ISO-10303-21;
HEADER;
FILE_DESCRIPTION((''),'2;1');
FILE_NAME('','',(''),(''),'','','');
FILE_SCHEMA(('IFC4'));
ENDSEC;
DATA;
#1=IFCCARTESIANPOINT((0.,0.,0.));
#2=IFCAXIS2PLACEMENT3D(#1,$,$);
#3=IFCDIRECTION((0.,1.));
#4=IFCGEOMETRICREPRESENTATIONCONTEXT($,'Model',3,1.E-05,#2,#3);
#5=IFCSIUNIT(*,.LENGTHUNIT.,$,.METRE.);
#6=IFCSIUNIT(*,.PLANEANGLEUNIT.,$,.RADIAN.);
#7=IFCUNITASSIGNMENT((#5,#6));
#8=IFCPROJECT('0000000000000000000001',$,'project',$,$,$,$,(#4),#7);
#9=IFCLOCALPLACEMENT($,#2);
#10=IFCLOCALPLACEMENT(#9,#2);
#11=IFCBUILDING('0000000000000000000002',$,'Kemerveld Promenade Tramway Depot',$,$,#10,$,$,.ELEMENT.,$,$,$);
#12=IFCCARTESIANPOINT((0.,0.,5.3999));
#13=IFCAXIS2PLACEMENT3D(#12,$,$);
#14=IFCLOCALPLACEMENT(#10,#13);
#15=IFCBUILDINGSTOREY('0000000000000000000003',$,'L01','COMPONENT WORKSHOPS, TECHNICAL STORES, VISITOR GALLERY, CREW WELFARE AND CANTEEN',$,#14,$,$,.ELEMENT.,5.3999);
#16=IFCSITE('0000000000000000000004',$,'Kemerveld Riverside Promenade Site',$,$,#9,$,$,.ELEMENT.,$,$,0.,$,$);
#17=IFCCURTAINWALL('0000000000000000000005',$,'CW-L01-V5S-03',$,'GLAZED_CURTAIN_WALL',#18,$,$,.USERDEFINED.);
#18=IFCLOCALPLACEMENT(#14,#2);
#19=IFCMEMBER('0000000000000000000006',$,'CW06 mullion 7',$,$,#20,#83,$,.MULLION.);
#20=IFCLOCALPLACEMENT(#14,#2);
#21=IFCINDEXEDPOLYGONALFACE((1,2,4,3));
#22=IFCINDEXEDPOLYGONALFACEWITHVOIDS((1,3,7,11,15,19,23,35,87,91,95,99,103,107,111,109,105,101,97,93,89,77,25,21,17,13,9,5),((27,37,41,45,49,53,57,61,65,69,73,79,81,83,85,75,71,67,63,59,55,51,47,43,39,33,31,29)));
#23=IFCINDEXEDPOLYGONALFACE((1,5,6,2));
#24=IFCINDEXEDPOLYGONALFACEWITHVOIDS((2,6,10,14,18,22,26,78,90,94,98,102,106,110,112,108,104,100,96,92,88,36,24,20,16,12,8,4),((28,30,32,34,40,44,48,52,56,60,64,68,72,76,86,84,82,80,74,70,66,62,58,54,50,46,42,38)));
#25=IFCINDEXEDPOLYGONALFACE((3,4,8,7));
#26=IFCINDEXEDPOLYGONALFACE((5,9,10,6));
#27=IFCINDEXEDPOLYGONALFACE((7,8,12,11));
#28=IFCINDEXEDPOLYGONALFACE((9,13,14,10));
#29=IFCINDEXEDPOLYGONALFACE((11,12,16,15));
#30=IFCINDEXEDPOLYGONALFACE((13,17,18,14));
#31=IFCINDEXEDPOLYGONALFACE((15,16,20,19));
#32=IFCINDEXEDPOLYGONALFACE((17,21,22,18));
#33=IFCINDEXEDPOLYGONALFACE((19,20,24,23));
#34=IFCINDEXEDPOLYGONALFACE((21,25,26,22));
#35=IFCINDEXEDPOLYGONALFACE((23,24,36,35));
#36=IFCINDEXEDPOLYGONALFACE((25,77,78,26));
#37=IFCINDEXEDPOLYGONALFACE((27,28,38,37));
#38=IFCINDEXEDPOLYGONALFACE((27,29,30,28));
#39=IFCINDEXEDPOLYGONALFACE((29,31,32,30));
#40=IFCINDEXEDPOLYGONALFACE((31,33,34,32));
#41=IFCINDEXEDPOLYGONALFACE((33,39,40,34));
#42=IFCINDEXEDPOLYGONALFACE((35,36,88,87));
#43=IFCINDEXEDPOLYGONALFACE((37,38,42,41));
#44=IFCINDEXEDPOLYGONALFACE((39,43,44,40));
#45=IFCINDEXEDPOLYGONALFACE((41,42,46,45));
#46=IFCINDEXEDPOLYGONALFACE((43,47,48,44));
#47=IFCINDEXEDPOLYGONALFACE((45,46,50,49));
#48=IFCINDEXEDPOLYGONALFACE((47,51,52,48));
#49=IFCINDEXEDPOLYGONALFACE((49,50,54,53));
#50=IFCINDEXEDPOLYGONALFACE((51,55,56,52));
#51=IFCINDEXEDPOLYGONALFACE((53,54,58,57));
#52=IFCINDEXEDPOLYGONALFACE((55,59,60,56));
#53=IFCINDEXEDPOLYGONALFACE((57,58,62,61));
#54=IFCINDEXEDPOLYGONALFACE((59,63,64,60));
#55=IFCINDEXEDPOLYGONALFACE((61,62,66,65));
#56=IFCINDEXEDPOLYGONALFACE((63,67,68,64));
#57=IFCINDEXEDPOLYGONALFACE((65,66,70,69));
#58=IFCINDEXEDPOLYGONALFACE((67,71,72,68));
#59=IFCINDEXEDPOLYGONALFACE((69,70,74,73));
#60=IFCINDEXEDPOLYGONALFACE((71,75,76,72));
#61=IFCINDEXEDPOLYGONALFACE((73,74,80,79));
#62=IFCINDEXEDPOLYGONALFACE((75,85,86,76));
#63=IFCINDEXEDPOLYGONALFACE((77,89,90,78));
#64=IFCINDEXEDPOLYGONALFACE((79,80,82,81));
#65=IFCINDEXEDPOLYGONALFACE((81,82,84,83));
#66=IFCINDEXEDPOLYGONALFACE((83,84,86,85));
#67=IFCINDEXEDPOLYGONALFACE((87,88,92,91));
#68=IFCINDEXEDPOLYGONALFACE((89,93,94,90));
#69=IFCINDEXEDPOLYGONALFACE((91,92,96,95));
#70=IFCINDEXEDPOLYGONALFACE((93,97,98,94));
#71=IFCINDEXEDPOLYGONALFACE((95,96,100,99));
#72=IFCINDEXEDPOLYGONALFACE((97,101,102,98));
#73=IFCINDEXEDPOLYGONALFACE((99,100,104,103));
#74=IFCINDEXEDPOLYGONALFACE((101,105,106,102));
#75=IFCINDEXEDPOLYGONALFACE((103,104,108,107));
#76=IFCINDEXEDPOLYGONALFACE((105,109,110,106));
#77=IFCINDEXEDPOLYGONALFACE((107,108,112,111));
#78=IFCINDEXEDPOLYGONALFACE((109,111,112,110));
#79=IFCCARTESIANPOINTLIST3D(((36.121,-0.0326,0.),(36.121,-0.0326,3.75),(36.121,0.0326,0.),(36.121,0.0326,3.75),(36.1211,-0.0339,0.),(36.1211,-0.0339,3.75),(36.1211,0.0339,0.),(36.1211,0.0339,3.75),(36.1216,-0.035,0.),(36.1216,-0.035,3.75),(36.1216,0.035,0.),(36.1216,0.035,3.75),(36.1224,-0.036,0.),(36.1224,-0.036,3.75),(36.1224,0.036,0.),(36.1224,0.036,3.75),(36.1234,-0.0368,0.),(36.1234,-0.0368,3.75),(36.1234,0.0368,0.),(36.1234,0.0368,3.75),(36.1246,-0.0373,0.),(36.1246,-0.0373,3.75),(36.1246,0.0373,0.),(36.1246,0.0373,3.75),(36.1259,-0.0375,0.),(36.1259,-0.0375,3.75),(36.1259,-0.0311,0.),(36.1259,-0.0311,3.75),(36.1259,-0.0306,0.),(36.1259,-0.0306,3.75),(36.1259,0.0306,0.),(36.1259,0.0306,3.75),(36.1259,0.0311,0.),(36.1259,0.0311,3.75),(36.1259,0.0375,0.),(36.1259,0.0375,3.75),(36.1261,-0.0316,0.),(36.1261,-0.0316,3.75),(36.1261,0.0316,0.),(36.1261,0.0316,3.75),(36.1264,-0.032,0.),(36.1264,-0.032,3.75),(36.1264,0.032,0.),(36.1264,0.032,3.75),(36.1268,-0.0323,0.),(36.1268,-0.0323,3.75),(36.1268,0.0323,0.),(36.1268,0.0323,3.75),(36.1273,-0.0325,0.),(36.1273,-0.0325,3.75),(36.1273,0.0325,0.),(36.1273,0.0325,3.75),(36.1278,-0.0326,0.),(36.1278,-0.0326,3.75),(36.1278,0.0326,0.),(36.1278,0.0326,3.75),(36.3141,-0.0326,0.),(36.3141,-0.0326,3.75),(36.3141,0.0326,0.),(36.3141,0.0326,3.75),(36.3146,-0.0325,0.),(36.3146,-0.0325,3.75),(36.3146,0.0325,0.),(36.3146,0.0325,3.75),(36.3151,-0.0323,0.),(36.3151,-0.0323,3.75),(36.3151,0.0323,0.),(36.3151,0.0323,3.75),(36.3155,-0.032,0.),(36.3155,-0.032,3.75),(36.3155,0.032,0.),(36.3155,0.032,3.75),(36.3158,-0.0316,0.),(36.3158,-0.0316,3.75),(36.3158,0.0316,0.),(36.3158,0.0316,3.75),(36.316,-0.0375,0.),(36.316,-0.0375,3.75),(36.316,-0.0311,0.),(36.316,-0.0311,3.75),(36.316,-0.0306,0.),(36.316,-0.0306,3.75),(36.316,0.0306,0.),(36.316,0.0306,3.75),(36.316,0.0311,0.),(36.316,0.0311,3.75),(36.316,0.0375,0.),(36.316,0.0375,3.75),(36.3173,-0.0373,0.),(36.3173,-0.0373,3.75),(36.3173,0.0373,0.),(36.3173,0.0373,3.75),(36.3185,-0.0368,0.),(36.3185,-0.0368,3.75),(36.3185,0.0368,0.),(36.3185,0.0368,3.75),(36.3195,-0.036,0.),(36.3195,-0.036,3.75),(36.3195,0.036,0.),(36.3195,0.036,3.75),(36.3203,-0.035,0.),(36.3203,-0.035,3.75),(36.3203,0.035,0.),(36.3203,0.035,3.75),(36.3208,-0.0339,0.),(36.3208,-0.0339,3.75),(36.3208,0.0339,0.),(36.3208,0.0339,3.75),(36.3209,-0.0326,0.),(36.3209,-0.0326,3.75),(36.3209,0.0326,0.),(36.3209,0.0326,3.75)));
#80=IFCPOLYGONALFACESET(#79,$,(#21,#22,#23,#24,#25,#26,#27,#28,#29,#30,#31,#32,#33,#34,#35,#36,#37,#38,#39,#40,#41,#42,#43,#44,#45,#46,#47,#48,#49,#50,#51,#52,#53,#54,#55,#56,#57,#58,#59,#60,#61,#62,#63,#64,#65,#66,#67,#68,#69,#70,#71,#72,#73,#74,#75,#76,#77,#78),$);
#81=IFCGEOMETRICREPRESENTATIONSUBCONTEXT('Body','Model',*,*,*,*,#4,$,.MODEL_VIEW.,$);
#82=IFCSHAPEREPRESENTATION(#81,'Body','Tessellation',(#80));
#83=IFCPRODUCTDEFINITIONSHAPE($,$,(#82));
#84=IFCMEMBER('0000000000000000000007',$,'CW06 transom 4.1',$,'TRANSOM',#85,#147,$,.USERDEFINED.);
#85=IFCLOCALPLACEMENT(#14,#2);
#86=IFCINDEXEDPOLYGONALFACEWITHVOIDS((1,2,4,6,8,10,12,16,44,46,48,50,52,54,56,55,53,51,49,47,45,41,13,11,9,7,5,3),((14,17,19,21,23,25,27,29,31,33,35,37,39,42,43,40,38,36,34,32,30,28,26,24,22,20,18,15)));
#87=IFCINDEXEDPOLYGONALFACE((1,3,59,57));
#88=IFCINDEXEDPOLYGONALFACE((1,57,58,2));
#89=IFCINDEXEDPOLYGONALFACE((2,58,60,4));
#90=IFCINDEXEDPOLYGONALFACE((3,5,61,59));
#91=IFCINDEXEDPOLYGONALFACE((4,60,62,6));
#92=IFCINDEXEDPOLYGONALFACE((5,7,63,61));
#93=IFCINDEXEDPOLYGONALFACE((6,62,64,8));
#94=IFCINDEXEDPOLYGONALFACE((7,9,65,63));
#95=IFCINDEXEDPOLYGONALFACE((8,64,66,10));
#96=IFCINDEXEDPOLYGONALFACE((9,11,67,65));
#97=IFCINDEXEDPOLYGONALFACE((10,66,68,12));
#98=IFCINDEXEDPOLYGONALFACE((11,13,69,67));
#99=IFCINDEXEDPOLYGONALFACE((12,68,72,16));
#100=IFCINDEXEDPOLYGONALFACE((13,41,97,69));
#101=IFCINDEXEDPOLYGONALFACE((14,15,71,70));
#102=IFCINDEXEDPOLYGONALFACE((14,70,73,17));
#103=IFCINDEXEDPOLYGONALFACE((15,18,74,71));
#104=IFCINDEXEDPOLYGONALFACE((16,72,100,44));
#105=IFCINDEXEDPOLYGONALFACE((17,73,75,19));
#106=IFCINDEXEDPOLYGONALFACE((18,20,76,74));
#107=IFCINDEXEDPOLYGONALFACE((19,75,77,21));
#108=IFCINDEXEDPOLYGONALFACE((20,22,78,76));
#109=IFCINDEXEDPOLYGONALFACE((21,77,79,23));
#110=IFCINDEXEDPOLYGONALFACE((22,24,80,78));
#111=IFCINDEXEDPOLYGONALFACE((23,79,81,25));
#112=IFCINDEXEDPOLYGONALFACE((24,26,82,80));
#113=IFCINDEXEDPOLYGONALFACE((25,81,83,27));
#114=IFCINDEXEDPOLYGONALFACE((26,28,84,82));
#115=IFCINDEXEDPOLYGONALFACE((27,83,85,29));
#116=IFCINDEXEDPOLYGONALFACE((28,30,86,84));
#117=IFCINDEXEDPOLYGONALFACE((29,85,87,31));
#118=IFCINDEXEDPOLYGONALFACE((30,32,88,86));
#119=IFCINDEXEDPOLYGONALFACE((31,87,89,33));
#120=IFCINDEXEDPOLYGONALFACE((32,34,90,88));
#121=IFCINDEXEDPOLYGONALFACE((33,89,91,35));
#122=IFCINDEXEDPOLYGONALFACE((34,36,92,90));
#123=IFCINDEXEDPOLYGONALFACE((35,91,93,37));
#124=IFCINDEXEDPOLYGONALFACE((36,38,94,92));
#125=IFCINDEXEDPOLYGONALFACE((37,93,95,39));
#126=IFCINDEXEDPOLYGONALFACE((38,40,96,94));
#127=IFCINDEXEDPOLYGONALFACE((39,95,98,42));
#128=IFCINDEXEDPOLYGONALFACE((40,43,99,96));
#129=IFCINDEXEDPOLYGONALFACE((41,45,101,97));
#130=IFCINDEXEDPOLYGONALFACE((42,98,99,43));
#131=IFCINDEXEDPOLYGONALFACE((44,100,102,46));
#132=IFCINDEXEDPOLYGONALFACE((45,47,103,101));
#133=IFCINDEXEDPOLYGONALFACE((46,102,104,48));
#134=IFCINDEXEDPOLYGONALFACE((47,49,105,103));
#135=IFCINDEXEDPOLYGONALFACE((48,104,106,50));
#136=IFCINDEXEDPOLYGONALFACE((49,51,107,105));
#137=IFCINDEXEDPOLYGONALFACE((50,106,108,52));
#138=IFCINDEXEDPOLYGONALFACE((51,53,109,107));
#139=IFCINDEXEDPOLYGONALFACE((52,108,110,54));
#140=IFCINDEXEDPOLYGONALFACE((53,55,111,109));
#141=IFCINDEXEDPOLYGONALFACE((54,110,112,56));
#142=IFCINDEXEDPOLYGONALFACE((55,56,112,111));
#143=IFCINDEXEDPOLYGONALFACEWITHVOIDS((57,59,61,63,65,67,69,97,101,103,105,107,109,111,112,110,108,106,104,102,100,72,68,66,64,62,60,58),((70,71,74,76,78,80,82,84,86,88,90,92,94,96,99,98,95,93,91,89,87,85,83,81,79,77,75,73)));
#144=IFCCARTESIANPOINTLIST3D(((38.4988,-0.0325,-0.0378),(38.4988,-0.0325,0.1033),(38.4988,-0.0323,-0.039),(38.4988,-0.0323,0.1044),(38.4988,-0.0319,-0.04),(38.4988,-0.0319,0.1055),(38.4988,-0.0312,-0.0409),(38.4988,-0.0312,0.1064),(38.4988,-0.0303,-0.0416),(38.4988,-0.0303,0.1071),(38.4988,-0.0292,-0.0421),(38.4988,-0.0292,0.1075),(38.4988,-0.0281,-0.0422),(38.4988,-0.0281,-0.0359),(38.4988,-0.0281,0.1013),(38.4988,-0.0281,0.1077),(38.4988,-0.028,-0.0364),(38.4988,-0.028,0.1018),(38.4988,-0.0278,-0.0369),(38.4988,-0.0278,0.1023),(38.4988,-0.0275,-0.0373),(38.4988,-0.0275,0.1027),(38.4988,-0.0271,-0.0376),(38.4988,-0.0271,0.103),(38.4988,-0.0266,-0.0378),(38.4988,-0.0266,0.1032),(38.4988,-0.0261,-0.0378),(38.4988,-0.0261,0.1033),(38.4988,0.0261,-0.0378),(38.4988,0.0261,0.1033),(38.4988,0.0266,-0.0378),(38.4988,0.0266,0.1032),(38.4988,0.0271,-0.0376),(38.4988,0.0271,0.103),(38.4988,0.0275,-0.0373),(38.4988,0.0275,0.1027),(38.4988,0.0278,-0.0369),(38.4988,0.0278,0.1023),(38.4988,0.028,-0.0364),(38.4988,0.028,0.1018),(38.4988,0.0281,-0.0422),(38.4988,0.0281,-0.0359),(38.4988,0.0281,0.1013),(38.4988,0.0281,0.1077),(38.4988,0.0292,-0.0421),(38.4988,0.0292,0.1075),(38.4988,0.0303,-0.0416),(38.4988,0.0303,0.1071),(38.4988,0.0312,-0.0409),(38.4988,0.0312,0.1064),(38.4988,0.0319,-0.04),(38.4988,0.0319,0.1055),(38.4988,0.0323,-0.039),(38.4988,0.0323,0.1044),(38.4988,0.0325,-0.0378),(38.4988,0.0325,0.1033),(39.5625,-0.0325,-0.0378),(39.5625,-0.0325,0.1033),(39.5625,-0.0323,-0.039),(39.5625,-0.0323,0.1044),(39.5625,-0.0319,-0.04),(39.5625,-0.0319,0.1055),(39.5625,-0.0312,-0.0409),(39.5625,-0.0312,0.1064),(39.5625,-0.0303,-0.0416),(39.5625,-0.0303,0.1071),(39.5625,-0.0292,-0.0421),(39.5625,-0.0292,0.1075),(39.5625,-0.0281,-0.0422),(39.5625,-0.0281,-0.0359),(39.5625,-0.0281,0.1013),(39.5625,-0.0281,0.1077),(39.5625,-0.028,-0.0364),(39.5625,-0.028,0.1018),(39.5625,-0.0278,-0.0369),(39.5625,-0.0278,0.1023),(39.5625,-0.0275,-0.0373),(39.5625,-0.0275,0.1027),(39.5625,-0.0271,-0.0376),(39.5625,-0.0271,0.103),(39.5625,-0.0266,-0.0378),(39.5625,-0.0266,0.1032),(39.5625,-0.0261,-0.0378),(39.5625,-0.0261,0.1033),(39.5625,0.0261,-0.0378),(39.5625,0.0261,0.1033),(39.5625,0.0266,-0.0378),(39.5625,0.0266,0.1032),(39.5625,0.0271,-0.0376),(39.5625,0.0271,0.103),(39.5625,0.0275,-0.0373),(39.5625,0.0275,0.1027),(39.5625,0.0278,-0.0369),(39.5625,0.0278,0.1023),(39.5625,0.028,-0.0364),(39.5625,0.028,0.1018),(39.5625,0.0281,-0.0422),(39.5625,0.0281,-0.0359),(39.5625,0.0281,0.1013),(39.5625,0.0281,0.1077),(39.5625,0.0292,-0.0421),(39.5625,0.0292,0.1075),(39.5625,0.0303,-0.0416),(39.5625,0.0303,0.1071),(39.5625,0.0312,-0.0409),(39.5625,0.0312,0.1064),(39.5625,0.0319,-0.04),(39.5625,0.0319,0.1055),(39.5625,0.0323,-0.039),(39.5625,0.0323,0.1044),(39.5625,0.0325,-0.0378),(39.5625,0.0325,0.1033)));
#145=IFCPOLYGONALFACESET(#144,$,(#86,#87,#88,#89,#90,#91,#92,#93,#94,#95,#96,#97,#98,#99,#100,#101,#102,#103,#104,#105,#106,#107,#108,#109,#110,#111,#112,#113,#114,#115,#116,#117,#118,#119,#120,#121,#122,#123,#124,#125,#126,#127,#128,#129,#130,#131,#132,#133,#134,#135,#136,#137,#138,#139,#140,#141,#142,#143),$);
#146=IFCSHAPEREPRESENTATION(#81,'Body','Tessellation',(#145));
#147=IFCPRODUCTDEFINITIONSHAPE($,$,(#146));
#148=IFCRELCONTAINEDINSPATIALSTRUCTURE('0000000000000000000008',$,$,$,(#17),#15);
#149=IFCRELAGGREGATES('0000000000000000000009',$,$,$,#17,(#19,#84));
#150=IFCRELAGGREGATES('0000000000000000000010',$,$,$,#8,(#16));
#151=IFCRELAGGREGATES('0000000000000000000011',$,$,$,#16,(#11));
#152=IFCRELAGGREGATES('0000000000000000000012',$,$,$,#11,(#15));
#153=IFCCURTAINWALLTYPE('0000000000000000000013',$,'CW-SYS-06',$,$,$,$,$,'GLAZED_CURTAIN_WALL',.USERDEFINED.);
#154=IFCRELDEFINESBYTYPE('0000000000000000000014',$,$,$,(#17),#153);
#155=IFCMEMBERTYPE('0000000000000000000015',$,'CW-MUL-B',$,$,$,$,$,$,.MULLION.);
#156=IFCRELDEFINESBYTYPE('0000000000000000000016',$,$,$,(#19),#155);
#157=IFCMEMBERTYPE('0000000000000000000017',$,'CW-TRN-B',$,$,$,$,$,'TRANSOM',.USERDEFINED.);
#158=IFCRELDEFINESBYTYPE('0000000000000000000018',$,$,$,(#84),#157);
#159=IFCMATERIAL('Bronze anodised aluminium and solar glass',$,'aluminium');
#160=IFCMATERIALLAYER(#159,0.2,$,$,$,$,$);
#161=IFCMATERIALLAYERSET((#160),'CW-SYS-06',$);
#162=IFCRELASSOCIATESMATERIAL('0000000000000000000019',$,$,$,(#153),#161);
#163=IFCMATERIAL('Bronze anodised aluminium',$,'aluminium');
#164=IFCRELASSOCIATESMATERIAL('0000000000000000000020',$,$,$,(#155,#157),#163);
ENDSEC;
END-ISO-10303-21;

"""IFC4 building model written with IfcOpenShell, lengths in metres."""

from ifc_helpers import new_model, si_unit, direction, frame, origin, origin_2d, place, context, subcontext, project, spatial, hollow_rectangle, extrude, material, layer, layer_set, material_profile, profile_set, type_object, element, aggregate, save


model = new_model("IFC4")

# Units and contexts
model_context = context("Model", 3, precision=1e-05, world=origin(), true_north=direction((0.0, 1.0)))
body_context = subcontext(model_context, "Body", "Model", "MODEL_VIEW")
ifc_project = project(units=[si_unit("LENGTHUNIT", "METRE"), si_unit("PLANEANGLEUNIT", "RADIAN")], contexts=[model_context])

# Site, building, storey
site_placement = place(None, origin())
site = spatial("IfcSite", under=ifc_project, at=site_placement, Name="Kemerveld Riverside Promenade Site", CompositionType="ELEMENT", RefElevation=0.0)
building_placement = place(site_placement, origin())
building = spatial("IfcBuilding", under=site, at=building_placement, Name="Kemerveld Promenade Tramway Depot", CompositionType="ELEMENT")
storey_placement = place(building_placement, frame((0.0, 0.0, 5.3999)))
storey = spatial("IfcBuildingStorey", under=building, at=storey_placement, Name="L01", Description="COMPONENT WORKSHOPS, TECHNICAL STORES, VISITOR GALLERY, CREW WELFARE AND CANTEEN", CompositionType="ELEMENT", Elevation=5.3999)

# Curtain wall, members
ifc_material_1 = material(Name="Bronze anodised aluminium and solar glass", Category="aluminium")
ifc_layer_1 = layer(ifc_material_1, 0.2)
ifc_layer_set_1 = layer_set([ifc_layer_1], Name="CW-SYS-06")
curtain_wall_type = type_object("IfcCurtainWallType", Name="CW-SYS-06", ElementType="GLAZED_CURTAIN_WALL", PredefinedType="USERDEFINED", material=ifc_layer_set_1)
curtain_wall_placement = place(storey_placement, origin())
curtain_wall = element("IfcCurtainWall", 1, at=curtain_wall_placement, inside=storey, type_object=curtain_wall_type, Name="CW-L01-V5S-03", ObjectType="GLAZED_CURTAIN_WALL", PredefinedType="USERDEFINED")
ifc_material_2 = material(Name="Bronze anodised aluminium", Category="aluminium")
ifc_material_profile_1 = material_profile(ifc_material_2, hollow_rectangle(XDim=0.075, YDim=0.2, WallThickness=0.0049, InnerFilletRadius=0.002, OuterFilletRadius=0.0049, at=origin_2d()), Name="CW-MUL-200x75")
ifc_profile_set_1 = profile_set([ifc_material_profile_1], Name="Bronze anodised aluminium")
member_type_1 = type_object("IfcMemberType", Name="CW-MUL-B", PredefinedType="MULLION", material=ifc_profile_set_1)
member_1_placement = place(storey_placement, frame((36.2209, 0.0, 0.0), z_axis=(0.0, 0.0, 1.0), x_axis=(0.0, -1.0, 0.0)))
member_1 = element("IfcMember", 2, at=member_1_placement, type_object=member_type_1, Name="CW06 mullion 7", PredefinedType="MULLION", context=body_context, shape_type="SweptSolid", body=[
    extrude(hollow_rectangle(XDim=0.075, YDim=0.2, WallThickness=0.0049, InnerFilletRadius=0.002, OuterFilletRadius=0.0049, at=origin_2d()), origin(), (0.0, 0.0, 1.0), 3.75),
])
ifc_material_profile_2 = material_profile(ifc_material_2, hollow_rectangle(XDim=0.0649, YDim=0.1499, WallThickness=0.0044, InnerFilletRadius=0.002, OuterFilletRadius=0.0044, at=origin_2d()), Name="CW-TRN-150x65")
ifc_profile_set_2 = profile_set([ifc_material_profile_2], Name="Bronze anodised aluminium")
member_type_2 = type_object("IfcMemberType", Name="CW-TRN-B", ElementType="TRANSOM", PredefinedType="USERDEFINED", material=ifc_profile_set_2)
member_2_placement = place(storey_placement, frame((39.5625, 0.0, 0.0327), z_axis=(-1.0, 0.0, 0.0), x_axis=(0.0, -1.0, 0.0)))
member_2 = element("IfcMember", 3, at=member_2_placement, type_object=member_type_2, Name="CW06 transom 4.1", ObjectType="TRANSOM", PredefinedType="USERDEFINED", context=body_context, shape_type="SweptSolid", body=[
    extrude(hollow_rectangle(XDim=0.0649, YDim=0.1499, WallThickness=0.0044, InnerFilletRadius=0.002, OuterFilletRadius=0.0044, at=origin_2d()), origin(), (0.0, 0.0, 1.0), 1.0637),
])
aggregate(curtain_wall, [member_1, member_2])

save(model, "model.ifc")
